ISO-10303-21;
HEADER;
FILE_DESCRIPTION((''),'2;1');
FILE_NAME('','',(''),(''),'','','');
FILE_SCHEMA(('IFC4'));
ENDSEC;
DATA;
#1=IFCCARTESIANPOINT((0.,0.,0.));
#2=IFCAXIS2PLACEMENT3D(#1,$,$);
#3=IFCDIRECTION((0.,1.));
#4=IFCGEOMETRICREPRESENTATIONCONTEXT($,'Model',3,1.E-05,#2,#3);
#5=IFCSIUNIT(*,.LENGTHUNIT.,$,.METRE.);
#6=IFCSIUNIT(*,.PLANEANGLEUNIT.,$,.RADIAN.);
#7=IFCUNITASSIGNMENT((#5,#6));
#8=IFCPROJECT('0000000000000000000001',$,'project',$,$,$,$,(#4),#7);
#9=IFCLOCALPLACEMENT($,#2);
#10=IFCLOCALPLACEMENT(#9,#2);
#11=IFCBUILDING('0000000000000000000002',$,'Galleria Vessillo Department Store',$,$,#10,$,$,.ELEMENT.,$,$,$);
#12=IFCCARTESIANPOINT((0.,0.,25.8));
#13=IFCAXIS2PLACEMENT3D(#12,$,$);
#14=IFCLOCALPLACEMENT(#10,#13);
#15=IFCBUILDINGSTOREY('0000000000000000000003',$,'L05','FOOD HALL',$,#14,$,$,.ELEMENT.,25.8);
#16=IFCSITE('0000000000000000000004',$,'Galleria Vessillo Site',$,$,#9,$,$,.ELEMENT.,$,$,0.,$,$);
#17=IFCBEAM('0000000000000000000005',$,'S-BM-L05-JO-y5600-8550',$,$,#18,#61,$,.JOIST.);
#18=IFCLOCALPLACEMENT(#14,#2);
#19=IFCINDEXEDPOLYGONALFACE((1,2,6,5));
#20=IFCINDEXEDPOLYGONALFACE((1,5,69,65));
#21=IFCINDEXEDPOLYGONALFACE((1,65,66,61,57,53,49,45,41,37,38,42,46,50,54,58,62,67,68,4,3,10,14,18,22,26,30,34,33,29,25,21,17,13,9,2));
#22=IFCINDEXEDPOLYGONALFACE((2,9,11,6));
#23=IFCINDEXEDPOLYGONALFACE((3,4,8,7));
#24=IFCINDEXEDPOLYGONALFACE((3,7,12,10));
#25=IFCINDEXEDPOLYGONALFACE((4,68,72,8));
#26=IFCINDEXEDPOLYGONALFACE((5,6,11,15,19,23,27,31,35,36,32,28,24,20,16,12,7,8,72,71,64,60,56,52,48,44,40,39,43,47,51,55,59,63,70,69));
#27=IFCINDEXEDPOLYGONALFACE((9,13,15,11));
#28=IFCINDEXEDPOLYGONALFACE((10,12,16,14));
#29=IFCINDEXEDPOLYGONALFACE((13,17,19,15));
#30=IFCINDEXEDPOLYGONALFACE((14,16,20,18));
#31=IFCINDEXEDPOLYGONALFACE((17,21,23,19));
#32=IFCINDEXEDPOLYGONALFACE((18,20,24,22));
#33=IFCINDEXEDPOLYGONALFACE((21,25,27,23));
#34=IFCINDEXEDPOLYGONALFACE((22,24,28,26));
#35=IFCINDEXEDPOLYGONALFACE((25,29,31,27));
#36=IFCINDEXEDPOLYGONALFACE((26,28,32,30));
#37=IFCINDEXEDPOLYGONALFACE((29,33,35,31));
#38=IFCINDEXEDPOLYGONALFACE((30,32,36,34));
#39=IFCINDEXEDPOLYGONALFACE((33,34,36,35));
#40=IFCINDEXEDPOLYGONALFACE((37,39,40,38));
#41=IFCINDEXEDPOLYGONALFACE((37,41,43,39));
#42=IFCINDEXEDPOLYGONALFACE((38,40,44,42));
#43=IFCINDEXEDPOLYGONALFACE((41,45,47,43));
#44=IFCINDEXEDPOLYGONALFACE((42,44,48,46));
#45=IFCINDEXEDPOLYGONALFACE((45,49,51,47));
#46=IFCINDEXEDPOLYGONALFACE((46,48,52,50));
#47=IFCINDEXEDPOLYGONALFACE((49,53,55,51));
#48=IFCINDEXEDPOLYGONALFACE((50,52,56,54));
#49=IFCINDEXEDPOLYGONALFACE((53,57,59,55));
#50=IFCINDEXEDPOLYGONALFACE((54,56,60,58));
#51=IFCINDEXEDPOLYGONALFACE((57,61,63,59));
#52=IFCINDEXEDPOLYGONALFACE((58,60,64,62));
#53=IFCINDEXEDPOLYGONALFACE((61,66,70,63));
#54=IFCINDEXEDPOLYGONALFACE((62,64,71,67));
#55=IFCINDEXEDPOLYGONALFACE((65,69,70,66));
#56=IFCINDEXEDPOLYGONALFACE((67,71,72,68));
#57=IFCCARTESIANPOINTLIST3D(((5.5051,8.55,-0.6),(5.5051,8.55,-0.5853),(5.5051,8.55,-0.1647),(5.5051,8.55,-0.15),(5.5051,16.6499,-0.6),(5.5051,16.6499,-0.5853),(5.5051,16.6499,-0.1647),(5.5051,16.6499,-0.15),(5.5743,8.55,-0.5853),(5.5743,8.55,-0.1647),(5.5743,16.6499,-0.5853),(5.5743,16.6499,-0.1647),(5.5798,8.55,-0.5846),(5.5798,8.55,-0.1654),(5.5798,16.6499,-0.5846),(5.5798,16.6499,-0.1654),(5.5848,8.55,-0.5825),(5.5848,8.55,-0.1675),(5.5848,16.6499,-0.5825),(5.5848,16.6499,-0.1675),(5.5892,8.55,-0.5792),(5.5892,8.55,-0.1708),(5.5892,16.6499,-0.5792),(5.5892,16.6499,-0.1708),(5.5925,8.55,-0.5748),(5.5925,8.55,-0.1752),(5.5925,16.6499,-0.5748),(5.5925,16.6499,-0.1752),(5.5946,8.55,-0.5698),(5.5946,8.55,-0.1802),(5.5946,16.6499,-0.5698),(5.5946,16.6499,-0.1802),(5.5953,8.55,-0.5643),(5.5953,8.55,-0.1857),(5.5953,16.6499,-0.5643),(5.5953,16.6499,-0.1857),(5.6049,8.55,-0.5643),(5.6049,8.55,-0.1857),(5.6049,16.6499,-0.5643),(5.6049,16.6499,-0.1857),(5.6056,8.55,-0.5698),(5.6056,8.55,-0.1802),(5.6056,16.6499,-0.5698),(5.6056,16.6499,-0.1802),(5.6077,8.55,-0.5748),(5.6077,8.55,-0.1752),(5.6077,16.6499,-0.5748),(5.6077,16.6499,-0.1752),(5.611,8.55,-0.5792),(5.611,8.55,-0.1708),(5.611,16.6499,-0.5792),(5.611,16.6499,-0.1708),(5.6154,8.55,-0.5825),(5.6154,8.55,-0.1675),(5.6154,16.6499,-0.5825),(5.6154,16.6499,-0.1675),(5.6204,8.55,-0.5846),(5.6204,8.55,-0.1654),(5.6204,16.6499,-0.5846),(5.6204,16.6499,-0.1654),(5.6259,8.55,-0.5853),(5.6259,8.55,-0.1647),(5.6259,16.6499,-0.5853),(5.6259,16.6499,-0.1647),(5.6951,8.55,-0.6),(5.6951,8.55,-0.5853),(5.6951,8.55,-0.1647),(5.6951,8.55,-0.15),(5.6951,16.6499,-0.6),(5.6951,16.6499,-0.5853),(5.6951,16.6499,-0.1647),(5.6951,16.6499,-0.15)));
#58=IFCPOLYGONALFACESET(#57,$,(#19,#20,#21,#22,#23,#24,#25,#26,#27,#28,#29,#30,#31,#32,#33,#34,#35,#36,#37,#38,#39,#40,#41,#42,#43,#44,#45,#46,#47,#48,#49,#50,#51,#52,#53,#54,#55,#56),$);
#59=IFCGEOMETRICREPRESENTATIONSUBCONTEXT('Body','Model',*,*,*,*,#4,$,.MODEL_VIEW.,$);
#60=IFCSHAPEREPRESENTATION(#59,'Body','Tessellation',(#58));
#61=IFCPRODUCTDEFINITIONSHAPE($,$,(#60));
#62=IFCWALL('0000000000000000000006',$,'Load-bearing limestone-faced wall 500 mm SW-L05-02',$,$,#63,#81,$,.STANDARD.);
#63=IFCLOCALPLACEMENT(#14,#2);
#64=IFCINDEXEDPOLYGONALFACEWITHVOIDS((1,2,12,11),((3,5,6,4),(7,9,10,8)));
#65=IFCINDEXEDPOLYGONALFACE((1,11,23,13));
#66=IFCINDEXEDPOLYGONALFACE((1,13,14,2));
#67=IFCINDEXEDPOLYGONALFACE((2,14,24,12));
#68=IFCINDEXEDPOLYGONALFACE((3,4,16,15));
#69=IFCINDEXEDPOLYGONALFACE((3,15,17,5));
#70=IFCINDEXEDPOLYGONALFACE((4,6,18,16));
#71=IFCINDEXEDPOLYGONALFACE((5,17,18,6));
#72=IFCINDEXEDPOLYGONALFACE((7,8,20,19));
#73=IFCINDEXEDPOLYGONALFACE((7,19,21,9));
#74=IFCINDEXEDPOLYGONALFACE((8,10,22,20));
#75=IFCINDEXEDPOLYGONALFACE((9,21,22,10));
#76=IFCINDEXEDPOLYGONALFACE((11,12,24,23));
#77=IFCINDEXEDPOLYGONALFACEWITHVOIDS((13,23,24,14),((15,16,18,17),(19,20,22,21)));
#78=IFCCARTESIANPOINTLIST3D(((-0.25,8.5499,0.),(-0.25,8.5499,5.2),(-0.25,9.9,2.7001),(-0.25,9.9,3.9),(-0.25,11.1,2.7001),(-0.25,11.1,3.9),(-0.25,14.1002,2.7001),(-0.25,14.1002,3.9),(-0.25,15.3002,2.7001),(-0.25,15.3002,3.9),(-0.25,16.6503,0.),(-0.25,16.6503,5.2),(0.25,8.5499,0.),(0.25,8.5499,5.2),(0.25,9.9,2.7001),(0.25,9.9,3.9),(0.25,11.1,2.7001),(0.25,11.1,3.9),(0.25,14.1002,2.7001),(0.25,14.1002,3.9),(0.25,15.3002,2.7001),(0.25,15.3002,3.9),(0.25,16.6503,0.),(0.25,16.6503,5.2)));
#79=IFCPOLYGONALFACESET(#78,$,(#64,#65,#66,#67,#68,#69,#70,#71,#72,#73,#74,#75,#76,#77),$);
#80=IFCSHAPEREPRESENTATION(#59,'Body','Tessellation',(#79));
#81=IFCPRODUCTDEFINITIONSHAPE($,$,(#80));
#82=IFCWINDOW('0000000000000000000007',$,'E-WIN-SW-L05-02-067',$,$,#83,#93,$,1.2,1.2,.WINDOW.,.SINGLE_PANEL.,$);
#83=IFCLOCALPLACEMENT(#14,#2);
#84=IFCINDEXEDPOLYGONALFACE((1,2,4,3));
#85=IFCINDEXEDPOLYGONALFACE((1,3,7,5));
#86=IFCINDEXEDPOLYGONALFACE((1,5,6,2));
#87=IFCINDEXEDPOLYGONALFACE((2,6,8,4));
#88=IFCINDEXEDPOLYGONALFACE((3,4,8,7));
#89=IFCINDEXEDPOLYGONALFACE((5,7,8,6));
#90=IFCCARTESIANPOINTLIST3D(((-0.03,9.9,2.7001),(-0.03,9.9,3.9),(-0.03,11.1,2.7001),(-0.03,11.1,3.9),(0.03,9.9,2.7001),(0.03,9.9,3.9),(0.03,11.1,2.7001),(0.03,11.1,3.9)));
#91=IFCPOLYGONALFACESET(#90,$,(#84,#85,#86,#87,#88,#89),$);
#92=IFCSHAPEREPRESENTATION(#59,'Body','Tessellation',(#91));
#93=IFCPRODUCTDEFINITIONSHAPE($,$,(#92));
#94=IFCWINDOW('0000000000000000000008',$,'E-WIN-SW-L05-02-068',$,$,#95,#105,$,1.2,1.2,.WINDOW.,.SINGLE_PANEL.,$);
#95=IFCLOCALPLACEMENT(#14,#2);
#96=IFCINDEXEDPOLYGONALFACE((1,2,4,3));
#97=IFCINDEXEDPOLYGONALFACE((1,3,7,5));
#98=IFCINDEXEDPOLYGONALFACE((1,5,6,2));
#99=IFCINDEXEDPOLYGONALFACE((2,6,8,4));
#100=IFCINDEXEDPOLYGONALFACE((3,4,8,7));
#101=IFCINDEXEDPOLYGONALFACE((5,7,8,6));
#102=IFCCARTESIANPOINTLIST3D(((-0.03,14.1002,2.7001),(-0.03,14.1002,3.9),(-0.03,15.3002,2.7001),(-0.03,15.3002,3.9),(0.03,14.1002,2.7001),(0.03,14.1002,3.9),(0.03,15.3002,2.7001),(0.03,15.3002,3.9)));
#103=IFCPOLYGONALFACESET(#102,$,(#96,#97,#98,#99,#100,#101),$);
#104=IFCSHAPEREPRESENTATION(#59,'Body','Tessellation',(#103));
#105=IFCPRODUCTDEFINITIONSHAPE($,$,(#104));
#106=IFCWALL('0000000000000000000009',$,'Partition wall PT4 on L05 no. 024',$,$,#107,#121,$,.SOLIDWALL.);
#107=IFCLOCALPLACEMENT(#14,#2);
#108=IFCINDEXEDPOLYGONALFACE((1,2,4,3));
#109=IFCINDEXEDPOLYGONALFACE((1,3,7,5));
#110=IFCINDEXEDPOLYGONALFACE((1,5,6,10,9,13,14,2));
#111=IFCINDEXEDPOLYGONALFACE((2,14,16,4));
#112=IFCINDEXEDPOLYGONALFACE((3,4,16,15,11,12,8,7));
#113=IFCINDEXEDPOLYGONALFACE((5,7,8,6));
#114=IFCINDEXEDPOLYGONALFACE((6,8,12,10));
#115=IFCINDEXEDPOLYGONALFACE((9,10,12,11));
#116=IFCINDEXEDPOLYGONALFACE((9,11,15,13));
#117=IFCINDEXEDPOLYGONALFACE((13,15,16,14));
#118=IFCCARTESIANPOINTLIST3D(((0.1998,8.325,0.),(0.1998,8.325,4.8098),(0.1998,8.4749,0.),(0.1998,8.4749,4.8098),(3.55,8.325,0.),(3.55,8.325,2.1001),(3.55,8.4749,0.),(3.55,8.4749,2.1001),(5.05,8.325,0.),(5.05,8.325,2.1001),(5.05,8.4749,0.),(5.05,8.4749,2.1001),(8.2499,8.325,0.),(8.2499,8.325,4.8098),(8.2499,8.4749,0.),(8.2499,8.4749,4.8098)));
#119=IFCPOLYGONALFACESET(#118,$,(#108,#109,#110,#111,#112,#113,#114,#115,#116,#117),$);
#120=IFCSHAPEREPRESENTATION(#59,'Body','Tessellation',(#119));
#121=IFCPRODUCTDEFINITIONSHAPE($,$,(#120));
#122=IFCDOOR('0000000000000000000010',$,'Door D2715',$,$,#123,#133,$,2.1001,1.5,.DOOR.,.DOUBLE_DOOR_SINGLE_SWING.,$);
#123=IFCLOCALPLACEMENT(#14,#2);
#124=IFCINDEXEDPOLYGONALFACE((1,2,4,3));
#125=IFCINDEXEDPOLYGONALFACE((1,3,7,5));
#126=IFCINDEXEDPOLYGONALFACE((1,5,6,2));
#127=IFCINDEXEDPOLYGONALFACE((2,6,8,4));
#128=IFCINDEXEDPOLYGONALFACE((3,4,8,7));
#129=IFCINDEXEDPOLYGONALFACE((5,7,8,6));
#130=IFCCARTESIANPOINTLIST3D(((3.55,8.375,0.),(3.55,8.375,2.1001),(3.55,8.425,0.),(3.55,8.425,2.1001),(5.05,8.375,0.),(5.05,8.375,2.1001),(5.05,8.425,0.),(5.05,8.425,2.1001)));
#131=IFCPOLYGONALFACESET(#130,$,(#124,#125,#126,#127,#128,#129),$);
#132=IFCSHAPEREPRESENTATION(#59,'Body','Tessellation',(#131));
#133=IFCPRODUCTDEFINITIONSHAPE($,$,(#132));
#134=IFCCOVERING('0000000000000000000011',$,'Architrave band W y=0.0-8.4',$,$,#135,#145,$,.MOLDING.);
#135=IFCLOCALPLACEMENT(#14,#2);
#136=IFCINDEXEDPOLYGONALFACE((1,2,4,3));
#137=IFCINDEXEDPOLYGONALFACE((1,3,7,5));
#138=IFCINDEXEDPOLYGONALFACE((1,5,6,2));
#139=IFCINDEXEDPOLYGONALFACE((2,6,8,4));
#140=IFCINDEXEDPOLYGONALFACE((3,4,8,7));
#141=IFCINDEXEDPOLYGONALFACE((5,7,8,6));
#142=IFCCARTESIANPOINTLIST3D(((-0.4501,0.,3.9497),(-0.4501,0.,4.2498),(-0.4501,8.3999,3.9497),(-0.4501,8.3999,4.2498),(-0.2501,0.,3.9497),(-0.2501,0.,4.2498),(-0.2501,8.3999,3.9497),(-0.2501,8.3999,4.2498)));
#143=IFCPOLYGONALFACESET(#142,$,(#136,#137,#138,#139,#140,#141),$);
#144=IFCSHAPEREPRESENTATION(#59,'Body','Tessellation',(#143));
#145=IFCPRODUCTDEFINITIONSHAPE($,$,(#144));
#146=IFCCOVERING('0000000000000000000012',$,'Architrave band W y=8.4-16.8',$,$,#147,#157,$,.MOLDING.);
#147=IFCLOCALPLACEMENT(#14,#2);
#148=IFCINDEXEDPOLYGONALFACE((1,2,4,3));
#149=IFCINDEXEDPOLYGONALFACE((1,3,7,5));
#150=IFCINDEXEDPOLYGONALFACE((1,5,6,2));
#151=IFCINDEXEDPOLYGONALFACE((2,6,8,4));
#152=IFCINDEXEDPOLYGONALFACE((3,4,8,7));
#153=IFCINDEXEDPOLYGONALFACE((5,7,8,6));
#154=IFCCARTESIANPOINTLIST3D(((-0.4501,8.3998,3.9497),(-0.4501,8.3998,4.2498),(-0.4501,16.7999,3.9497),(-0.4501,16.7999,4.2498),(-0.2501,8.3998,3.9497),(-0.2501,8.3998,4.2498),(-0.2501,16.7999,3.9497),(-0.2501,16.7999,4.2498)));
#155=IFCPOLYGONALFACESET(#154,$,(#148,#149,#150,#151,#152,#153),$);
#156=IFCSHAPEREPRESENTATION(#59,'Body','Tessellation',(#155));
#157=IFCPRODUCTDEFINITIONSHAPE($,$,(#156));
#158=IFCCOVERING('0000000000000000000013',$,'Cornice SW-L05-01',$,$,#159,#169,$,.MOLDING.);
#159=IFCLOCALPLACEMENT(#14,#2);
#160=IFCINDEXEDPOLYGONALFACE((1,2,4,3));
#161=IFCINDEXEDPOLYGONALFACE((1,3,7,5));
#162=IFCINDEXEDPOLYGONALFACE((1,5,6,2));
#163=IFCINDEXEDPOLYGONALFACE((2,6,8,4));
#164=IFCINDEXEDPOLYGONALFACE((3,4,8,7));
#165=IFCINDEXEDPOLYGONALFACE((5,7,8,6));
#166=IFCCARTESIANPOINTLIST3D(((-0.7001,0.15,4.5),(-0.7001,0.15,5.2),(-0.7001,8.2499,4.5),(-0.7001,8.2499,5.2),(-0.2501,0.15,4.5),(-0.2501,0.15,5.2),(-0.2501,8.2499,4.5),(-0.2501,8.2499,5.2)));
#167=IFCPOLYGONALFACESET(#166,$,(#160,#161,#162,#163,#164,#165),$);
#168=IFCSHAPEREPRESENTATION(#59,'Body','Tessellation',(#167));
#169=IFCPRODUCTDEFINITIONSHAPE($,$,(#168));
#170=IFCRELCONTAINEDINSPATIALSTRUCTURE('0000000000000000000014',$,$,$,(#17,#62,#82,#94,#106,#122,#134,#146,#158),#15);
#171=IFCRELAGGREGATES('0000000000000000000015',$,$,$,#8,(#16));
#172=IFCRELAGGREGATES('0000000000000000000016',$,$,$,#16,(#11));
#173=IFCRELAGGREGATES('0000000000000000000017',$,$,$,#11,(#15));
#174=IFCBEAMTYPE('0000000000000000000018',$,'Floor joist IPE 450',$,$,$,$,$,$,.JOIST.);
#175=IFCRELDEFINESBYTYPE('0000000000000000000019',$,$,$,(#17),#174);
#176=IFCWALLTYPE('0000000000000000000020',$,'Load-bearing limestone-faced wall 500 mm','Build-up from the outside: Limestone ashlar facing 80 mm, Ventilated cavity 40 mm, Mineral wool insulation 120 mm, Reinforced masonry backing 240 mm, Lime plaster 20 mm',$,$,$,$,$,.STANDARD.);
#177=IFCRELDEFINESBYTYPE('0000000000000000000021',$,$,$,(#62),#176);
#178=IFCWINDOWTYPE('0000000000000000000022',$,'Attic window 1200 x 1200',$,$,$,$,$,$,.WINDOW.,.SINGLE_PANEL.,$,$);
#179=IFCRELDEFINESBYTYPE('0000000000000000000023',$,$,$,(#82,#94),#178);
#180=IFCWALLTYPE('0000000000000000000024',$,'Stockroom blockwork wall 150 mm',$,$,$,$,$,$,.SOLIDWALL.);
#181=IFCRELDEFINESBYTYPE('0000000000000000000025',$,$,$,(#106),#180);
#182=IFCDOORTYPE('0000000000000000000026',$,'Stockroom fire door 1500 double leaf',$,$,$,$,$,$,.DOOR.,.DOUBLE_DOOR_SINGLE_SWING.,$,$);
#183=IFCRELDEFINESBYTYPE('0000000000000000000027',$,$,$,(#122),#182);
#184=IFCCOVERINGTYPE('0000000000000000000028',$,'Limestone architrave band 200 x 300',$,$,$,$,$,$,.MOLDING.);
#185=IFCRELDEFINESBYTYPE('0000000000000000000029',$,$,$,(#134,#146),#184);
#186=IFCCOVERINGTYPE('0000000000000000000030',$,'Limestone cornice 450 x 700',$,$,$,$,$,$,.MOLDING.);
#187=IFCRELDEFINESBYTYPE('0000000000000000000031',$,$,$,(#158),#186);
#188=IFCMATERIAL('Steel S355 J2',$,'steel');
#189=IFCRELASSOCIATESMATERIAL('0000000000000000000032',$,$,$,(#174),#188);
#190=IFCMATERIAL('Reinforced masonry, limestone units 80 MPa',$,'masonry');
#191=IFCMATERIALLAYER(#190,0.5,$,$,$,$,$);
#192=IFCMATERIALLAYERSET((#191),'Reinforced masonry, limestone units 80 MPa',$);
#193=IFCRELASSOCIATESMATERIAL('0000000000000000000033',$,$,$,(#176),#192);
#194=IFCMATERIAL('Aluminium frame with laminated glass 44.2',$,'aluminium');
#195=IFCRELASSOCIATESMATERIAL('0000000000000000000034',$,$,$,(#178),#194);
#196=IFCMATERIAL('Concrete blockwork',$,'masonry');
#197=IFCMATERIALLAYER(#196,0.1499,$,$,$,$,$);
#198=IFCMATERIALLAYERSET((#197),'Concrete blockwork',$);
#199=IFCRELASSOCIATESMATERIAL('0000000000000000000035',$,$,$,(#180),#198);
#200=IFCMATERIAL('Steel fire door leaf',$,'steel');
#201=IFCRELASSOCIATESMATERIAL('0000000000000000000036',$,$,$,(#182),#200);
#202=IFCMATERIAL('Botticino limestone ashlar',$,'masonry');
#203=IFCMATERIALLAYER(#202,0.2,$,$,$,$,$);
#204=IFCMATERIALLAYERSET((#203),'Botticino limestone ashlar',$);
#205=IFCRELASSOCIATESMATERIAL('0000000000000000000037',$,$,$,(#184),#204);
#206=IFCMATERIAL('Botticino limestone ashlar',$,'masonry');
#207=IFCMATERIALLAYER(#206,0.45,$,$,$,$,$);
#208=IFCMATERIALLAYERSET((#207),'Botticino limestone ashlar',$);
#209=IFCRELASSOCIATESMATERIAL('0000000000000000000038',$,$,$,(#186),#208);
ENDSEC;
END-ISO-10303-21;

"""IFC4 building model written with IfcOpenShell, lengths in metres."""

from ifc_helpers import new_model, si_unit, direction, frame, frame_2d, origin, origin_2d, place, context, subcontext, project, spatial, rectangle, i_section, extrude, material, layer, layer_set, material_profile, profile_set, type_object, element, fill, save


model = new_model("IFC4")

# Units and contexts
model_context = context("Model", 3, precision=1e-05, world=origin(), true_north=direction((0.0, 1.0)))
body_context = subcontext(model_context, "Body", "Model", "MODEL_VIEW")
ifc_project = project(units=[si_unit("LENGTHUNIT", "METRE"), si_unit("PLANEANGLEUNIT", "RADIAN")], contexts=[model_context])

# Site, building, storey
site_placement = place(None, origin())
site = spatial("IfcSite", under=ifc_project, at=site_placement, Name="Galleria Vessillo Site", CompositionType="ELEMENT", RefElevation=0.0)
building_placement = place(site_placement, origin())
building = spatial("IfcBuilding", under=site, at=building_placement, Name="Galleria Vessillo Department Store", CompositionType="ELEMENT")
storey_placement = place(building_placement, frame((0.0, 0.0, 25.8)))
storey = spatial("IfcBuildingStorey", under=building, at=storey_placement, Name="L05", Description="FOOD HALL", CompositionType="ELEMENT", Elevation=25.8)

# Beam
ifc_material_1 = material(Name="Steel S355 J2", Category="steel")
ifc_material_profile_1 = material_profile(ifc_material_1, i_section(OverallWidth=0.1899, OverallDepth=0.45, WebThickness=0.0095, FlangeThickness=0.0146, FilletRadius=0.021, at=origin_2d()), Name="IPE 450")
ifc_profile_set_1 = profile_set([ifc_material_profile_1], Name="Steel S355 J2")
beam_type_1 = type_object("IfcBeamType", Name="Floor joist IPE 450", PredefinedType="JOIST", material=ifc_profile_set_1)
for number, where, z_axis, x_axis, name in (
    (1, (5.6001, 8.55, -0.375), (0.0, 1.0, 0.0), (-1.0, 0.0, 0.0), "S-BM-L05-JO-y5600-8550"),
):
    element("IfcBeam", number, at=place(storey_placement, frame(where, z_axis=z_axis, x_axis=x_axis)), inside=storey, type_object=beam_type_1, Name=name, PredefinedType="JOIST", context=body_context, shape_type="SweptSolid", body=[
        extrude(i_section(OverallWidth=0.1899, OverallDepth=0.45, WebThickness=0.0095, FlangeThickness=0.0146, FilletRadius=0.021, at=origin_2d()), origin(), (0.0, 0.0, 1.0), 8.0999),
    ])

# Wall, openings, windows
ifc_material_2 = material(Name="Reinforced masonry, limestone units 80 MPa", Category="masonry")
ifc_layer_1 = layer(ifc_material_2, 0.5)
ifc_layer_set_1 = layer_set([ifc_layer_1], Name="Reinforced masonry, limestone units 80 MPa")
wall_type_1 = type_object("IfcWallType", Name="Load-bearing limestone-faced wall 500 mm", Description="Build-up from the outside: Limestone ashlar facing 80 mm, Ventilated cavity 40 mm, Mineral wool insulation 120 mm, Reinforced masonry backing 240 mm, Lime plaster 20 mm", PredefinedType="STANDARD", material=ifc_layer_set_1)
wall_1_placement = place(storey_placement, frame((0.0, 8.5498, 0.0), z_axis=(0.0, 0.0, 1.0), x_axis=(0.0, 1.0, 0.0)))
wall_1 = element("IfcWall", 2, at=wall_1_placement, inside=storey, type_object=wall_type_1, Name="Load-bearing limestone-faced wall 500 mm SW-L05-02", PredefinedType="STANDARD", context=body_context, shape_type="SweptSolid", body=[
    extrude(rectangle(XDim=8.1003, YDim=0.5, at=frame_2d((4.0503, 0.0))), origin(), (0.0, 0.0, 1.0), 5.2),
])
opening_1_placement = place(wall_1_placement, frame((1.3501, 0.0, 2.7)))
opening_1 = element("IfcOpeningElement", 3, at=opening_1_placement, cuts=wall_1, PredefinedType="OPENING", context=body_context, shape_type="SweptSolid", body=[
    extrude(rectangle(XDim=1.2, YDim=1.2, at=frame_2d((0.6001, 0.6001))), frame((0.0, 0.26, 0.0), z_axis=(0.0, -1.0, 0.0), x_axis=(1.0, 0.0, 0.0)), (0.0, 0.0, 1.0), 0.52),
])
opening_2_placement = place(wall_1_placement, frame((5.5503, 0.0, 2.7)))
opening_2 = element("IfcOpeningElement", 4, at=opening_2_placement, cuts=wall_1, PredefinedType="OPENING", context=body_context, shape_type="SweptSolid", body=[
    extrude(rectangle(XDim=1.2, YDim=1.2, at=frame_2d((0.6001, 0.6001))), frame((0.0, 0.26, 0.0), z_axis=(0.0, -1.0, 0.0), x_axis=(1.0, 0.0, 0.0)), (0.0, 0.0, 1.0), 0.52),
])
ifc_material_3 = material(Name="Aluminium frame with laminated glass 44.2", Category="aluminium")
window_type = type_object("IfcWindowType", Name="Attic window 1200 x 1200", PartitioningType="SINGLE_PANEL", PredefinedType="WINDOW", material=ifc_material_3)
window_1_placement = place(opening_1_placement, origin())
window_1 = element("IfcWindow", 5, at=window_1_placement, inside=storey, type_object=window_type, Name="E-WIN-SW-L05-02-067", OverallHeight=1.2, OverallWidth=1.2, PartitioningType="SINGLE_PANEL", PredefinedType="WINDOW", context=body_context, shape_type="SweptSolid", body=[
    extrude(rectangle(XDim=1.2, YDim=1.2, at=frame_2d((0.6001, 0.6001))), frame((0.0, 0.03, 0.0), z_axis=(0.0, -1.0, 0.0), x_axis=(1.0, 0.0, 0.0)), (0.0, 0.0, 1.0), 0.0601),
])
fill(opening_1, window_1)
window_2_placement = place(opening_2_placement, origin())
window_2 = element("IfcWindow", 6, at=window_2_placement, inside=storey, type_object=window_type, Name="E-WIN-SW-L05-02-068", OverallHeight=1.2, OverallWidth=1.2, PartitioningType="SINGLE_PANEL", PredefinedType="WINDOW", context=body_context, shape_type="SweptSolid", body=[
    extrude(rectangle(XDim=1.2, YDim=1.2, at=frame_2d((0.6001, 0.6001))), frame((0.0, 0.03, 0.0), z_axis=(0.0, -1.0, 0.0), x_axis=(1.0, 0.0, 0.0)), (0.0, 0.0, 1.0), 0.0601),
])
fill(opening_2, window_2)

# Wall, opening, door
ifc_material_4 = material(Name="Concrete blockwork", Category="masonry")
ifc_layer_2 = layer(ifc_material_4, 0.1499)
ifc_layer_set_2 = layer_set([ifc_layer_2], Name="Concrete blockwork")
wall_type_2 = type_object("IfcWallType", Name="Stockroom blockwork wall 150 mm", PredefinedType="SOLIDWALL", material=ifc_layer_set_2)
wall_2_placement = place(storey_placement, frame((0.2, 8.3999, 0.0), z_axis=(0.0, 0.0, 1.0), x_axis=(1.0, 0.0, 0.0)))
wall_2 = element("IfcWall", 7, at=wall_2_placement, inside=storey, type_object=wall_type_2, Name="Partition wall PT4 on L05 no. 024", PredefinedType="SOLIDWALL", context=body_context, shape_type="SweptSolid", body=[
    extrude(rectangle(XDim=8.05, YDim=0.1499, at=frame_2d((4.0249, 0.0))), origin(), (0.0, 0.0, 1.0), 4.8098),
])
opening_3_placement = place(wall_2_placement, frame((3.3501, 0.0, 0.0)))
opening_3 = element("IfcOpeningElement", 8, at=opening_3_placement, cuts=wall_2, PredefinedType="OPENING", context=body_context, shape_type="SweptSolid", body=[
    extrude(rectangle(XDim=1.5, YDim=2.1001, at=frame_2d((0.75, 1.05))), frame((0.0, 0.085, 0.0), z_axis=(0.0, -1.0, 0.0), x_axis=(1.0, 0.0, 0.0)), (0.0, 0.0, 1.0), 0.1699),
])
ifc_material_5 = material(Name="Steel fire door leaf", Category="steel")
door_type = type_object("IfcDoorType", Name="Stockroom fire door 1500 double leaf", OperationType="DOUBLE_DOOR_SINGLE_SWING", PredefinedType="DOOR", material=ifc_material_5)
door_placement = place(opening_3_placement, frame((1.5, 0.0, 0.0), z_axis=(0.0, 0.0, 1.0), x_axis=(-1.0, 0.0, 0.0)))
door = element("IfcDoor", 9, at=door_placement, inside=storey, type_object=door_type, Name="Door D2715", OperationType="DOUBLE_DOOR_SINGLE_SWING", OverallHeight=2.1001, OverallWidth=1.5, PredefinedType="DOOR", context=body_context, shape_type="SweptSolid", body=[
    extrude(rectangle(XDim=1.5, YDim=2.1001, at=frame_2d((0.75, 1.05))), frame((0.0, 0.0249, 0.0), z_axis=(0.0, -1.0, 0.0), x_axis=(1.0, 0.0, 0.0)), (0.0, 0.0, 1.0), 0.05),
])
fill(opening_3, door)

# Coverings
ifc_material_6 = material(Name="Botticino limestone ashlar", Category="masonry")
ifc_layer_3 = layer(ifc_material_6, 0.2)
ifc_layer_set_3 = layer_set([ifc_layer_3], Name="Botticino limestone ashlar")
covering_type_1 = type_object("IfcCoveringType", Name="Limestone architrave band 200 x 300", PredefinedType="MOLDING", material=ifc_layer_set_3)
covering_1_placement = place(storey_placement, frame((-0.3501, 4.2, 3.9497), z_axis=(0.0, 0.0, 1.0), x_axis=(1.0, 0.0, 0.0)))
element("IfcCovering", 10, at=covering_1_placement, inside=storey, type_object=covering_type_1, Name="Architrave band W y=0.0-8.4", PredefinedType="MOLDING", context=body_context, shape_type="SweptSolid", body=[
    extrude(rectangle(XDim=0.2, YDim=8.3999, at=origin_2d()), origin(), (0.0, 0.0, 1.0), 0.3),
])
covering_2_placement = place(storey_placement, frame((-0.3501, 12.5999, 3.9497), z_axis=(0.0, 0.0, 1.0), x_axis=(1.0, 0.0, 0.0)))
element("IfcCovering", 11, at=covering_2_placement, inside=storey, type_object=covering_type_1, Name="Architrave band W y=8.4-16.8", PredefinedType="MOLDING", context=body_context, shape_type="SweptSolid", body=[
    extrude(rectangle(XDim=0.2, YDim=8.4001, at=origin_2d()), origin(), (0.0, 0.0, 1.0), 0.3),
])
ifc_material_7 = material(Name="Botticino limestone ashlar", Category="masonry")
ifc_layer_4 = layer(ifc_material_7, 0.45)
ifc_layer_set_4 = layer_set([ifc_layer_4], Name="Botticino limestone ashlar")
covering_type_2 = type_object("IfcCoveringType", Name="Limestone cornice 450 x 700", PredefinedType="MOLDING", material=ifc_layer_set_4)
covering_3_placement = place(storey_placement, frame((-0.4751, 4.2, 4.5), z_axis=(0.0, 0.0, 1.0), x_axis=(1.0, 0.0, 0.0)))
element("IfcCovering", 12, at=covering_3_placement, inside=storey, type_object=covering_type_2, Name="Cornice SW-L05-01", PredefinedType="MOLDING", context=body_context, shape_type="SweptSolid", body=[
    extrude(rectangle(XDim=0.45, YDim=8.0999, at=origin_2d()), origin(), (0.0, 0.0, 1.0), 0.7),
])

save(model, "model.ifc")
